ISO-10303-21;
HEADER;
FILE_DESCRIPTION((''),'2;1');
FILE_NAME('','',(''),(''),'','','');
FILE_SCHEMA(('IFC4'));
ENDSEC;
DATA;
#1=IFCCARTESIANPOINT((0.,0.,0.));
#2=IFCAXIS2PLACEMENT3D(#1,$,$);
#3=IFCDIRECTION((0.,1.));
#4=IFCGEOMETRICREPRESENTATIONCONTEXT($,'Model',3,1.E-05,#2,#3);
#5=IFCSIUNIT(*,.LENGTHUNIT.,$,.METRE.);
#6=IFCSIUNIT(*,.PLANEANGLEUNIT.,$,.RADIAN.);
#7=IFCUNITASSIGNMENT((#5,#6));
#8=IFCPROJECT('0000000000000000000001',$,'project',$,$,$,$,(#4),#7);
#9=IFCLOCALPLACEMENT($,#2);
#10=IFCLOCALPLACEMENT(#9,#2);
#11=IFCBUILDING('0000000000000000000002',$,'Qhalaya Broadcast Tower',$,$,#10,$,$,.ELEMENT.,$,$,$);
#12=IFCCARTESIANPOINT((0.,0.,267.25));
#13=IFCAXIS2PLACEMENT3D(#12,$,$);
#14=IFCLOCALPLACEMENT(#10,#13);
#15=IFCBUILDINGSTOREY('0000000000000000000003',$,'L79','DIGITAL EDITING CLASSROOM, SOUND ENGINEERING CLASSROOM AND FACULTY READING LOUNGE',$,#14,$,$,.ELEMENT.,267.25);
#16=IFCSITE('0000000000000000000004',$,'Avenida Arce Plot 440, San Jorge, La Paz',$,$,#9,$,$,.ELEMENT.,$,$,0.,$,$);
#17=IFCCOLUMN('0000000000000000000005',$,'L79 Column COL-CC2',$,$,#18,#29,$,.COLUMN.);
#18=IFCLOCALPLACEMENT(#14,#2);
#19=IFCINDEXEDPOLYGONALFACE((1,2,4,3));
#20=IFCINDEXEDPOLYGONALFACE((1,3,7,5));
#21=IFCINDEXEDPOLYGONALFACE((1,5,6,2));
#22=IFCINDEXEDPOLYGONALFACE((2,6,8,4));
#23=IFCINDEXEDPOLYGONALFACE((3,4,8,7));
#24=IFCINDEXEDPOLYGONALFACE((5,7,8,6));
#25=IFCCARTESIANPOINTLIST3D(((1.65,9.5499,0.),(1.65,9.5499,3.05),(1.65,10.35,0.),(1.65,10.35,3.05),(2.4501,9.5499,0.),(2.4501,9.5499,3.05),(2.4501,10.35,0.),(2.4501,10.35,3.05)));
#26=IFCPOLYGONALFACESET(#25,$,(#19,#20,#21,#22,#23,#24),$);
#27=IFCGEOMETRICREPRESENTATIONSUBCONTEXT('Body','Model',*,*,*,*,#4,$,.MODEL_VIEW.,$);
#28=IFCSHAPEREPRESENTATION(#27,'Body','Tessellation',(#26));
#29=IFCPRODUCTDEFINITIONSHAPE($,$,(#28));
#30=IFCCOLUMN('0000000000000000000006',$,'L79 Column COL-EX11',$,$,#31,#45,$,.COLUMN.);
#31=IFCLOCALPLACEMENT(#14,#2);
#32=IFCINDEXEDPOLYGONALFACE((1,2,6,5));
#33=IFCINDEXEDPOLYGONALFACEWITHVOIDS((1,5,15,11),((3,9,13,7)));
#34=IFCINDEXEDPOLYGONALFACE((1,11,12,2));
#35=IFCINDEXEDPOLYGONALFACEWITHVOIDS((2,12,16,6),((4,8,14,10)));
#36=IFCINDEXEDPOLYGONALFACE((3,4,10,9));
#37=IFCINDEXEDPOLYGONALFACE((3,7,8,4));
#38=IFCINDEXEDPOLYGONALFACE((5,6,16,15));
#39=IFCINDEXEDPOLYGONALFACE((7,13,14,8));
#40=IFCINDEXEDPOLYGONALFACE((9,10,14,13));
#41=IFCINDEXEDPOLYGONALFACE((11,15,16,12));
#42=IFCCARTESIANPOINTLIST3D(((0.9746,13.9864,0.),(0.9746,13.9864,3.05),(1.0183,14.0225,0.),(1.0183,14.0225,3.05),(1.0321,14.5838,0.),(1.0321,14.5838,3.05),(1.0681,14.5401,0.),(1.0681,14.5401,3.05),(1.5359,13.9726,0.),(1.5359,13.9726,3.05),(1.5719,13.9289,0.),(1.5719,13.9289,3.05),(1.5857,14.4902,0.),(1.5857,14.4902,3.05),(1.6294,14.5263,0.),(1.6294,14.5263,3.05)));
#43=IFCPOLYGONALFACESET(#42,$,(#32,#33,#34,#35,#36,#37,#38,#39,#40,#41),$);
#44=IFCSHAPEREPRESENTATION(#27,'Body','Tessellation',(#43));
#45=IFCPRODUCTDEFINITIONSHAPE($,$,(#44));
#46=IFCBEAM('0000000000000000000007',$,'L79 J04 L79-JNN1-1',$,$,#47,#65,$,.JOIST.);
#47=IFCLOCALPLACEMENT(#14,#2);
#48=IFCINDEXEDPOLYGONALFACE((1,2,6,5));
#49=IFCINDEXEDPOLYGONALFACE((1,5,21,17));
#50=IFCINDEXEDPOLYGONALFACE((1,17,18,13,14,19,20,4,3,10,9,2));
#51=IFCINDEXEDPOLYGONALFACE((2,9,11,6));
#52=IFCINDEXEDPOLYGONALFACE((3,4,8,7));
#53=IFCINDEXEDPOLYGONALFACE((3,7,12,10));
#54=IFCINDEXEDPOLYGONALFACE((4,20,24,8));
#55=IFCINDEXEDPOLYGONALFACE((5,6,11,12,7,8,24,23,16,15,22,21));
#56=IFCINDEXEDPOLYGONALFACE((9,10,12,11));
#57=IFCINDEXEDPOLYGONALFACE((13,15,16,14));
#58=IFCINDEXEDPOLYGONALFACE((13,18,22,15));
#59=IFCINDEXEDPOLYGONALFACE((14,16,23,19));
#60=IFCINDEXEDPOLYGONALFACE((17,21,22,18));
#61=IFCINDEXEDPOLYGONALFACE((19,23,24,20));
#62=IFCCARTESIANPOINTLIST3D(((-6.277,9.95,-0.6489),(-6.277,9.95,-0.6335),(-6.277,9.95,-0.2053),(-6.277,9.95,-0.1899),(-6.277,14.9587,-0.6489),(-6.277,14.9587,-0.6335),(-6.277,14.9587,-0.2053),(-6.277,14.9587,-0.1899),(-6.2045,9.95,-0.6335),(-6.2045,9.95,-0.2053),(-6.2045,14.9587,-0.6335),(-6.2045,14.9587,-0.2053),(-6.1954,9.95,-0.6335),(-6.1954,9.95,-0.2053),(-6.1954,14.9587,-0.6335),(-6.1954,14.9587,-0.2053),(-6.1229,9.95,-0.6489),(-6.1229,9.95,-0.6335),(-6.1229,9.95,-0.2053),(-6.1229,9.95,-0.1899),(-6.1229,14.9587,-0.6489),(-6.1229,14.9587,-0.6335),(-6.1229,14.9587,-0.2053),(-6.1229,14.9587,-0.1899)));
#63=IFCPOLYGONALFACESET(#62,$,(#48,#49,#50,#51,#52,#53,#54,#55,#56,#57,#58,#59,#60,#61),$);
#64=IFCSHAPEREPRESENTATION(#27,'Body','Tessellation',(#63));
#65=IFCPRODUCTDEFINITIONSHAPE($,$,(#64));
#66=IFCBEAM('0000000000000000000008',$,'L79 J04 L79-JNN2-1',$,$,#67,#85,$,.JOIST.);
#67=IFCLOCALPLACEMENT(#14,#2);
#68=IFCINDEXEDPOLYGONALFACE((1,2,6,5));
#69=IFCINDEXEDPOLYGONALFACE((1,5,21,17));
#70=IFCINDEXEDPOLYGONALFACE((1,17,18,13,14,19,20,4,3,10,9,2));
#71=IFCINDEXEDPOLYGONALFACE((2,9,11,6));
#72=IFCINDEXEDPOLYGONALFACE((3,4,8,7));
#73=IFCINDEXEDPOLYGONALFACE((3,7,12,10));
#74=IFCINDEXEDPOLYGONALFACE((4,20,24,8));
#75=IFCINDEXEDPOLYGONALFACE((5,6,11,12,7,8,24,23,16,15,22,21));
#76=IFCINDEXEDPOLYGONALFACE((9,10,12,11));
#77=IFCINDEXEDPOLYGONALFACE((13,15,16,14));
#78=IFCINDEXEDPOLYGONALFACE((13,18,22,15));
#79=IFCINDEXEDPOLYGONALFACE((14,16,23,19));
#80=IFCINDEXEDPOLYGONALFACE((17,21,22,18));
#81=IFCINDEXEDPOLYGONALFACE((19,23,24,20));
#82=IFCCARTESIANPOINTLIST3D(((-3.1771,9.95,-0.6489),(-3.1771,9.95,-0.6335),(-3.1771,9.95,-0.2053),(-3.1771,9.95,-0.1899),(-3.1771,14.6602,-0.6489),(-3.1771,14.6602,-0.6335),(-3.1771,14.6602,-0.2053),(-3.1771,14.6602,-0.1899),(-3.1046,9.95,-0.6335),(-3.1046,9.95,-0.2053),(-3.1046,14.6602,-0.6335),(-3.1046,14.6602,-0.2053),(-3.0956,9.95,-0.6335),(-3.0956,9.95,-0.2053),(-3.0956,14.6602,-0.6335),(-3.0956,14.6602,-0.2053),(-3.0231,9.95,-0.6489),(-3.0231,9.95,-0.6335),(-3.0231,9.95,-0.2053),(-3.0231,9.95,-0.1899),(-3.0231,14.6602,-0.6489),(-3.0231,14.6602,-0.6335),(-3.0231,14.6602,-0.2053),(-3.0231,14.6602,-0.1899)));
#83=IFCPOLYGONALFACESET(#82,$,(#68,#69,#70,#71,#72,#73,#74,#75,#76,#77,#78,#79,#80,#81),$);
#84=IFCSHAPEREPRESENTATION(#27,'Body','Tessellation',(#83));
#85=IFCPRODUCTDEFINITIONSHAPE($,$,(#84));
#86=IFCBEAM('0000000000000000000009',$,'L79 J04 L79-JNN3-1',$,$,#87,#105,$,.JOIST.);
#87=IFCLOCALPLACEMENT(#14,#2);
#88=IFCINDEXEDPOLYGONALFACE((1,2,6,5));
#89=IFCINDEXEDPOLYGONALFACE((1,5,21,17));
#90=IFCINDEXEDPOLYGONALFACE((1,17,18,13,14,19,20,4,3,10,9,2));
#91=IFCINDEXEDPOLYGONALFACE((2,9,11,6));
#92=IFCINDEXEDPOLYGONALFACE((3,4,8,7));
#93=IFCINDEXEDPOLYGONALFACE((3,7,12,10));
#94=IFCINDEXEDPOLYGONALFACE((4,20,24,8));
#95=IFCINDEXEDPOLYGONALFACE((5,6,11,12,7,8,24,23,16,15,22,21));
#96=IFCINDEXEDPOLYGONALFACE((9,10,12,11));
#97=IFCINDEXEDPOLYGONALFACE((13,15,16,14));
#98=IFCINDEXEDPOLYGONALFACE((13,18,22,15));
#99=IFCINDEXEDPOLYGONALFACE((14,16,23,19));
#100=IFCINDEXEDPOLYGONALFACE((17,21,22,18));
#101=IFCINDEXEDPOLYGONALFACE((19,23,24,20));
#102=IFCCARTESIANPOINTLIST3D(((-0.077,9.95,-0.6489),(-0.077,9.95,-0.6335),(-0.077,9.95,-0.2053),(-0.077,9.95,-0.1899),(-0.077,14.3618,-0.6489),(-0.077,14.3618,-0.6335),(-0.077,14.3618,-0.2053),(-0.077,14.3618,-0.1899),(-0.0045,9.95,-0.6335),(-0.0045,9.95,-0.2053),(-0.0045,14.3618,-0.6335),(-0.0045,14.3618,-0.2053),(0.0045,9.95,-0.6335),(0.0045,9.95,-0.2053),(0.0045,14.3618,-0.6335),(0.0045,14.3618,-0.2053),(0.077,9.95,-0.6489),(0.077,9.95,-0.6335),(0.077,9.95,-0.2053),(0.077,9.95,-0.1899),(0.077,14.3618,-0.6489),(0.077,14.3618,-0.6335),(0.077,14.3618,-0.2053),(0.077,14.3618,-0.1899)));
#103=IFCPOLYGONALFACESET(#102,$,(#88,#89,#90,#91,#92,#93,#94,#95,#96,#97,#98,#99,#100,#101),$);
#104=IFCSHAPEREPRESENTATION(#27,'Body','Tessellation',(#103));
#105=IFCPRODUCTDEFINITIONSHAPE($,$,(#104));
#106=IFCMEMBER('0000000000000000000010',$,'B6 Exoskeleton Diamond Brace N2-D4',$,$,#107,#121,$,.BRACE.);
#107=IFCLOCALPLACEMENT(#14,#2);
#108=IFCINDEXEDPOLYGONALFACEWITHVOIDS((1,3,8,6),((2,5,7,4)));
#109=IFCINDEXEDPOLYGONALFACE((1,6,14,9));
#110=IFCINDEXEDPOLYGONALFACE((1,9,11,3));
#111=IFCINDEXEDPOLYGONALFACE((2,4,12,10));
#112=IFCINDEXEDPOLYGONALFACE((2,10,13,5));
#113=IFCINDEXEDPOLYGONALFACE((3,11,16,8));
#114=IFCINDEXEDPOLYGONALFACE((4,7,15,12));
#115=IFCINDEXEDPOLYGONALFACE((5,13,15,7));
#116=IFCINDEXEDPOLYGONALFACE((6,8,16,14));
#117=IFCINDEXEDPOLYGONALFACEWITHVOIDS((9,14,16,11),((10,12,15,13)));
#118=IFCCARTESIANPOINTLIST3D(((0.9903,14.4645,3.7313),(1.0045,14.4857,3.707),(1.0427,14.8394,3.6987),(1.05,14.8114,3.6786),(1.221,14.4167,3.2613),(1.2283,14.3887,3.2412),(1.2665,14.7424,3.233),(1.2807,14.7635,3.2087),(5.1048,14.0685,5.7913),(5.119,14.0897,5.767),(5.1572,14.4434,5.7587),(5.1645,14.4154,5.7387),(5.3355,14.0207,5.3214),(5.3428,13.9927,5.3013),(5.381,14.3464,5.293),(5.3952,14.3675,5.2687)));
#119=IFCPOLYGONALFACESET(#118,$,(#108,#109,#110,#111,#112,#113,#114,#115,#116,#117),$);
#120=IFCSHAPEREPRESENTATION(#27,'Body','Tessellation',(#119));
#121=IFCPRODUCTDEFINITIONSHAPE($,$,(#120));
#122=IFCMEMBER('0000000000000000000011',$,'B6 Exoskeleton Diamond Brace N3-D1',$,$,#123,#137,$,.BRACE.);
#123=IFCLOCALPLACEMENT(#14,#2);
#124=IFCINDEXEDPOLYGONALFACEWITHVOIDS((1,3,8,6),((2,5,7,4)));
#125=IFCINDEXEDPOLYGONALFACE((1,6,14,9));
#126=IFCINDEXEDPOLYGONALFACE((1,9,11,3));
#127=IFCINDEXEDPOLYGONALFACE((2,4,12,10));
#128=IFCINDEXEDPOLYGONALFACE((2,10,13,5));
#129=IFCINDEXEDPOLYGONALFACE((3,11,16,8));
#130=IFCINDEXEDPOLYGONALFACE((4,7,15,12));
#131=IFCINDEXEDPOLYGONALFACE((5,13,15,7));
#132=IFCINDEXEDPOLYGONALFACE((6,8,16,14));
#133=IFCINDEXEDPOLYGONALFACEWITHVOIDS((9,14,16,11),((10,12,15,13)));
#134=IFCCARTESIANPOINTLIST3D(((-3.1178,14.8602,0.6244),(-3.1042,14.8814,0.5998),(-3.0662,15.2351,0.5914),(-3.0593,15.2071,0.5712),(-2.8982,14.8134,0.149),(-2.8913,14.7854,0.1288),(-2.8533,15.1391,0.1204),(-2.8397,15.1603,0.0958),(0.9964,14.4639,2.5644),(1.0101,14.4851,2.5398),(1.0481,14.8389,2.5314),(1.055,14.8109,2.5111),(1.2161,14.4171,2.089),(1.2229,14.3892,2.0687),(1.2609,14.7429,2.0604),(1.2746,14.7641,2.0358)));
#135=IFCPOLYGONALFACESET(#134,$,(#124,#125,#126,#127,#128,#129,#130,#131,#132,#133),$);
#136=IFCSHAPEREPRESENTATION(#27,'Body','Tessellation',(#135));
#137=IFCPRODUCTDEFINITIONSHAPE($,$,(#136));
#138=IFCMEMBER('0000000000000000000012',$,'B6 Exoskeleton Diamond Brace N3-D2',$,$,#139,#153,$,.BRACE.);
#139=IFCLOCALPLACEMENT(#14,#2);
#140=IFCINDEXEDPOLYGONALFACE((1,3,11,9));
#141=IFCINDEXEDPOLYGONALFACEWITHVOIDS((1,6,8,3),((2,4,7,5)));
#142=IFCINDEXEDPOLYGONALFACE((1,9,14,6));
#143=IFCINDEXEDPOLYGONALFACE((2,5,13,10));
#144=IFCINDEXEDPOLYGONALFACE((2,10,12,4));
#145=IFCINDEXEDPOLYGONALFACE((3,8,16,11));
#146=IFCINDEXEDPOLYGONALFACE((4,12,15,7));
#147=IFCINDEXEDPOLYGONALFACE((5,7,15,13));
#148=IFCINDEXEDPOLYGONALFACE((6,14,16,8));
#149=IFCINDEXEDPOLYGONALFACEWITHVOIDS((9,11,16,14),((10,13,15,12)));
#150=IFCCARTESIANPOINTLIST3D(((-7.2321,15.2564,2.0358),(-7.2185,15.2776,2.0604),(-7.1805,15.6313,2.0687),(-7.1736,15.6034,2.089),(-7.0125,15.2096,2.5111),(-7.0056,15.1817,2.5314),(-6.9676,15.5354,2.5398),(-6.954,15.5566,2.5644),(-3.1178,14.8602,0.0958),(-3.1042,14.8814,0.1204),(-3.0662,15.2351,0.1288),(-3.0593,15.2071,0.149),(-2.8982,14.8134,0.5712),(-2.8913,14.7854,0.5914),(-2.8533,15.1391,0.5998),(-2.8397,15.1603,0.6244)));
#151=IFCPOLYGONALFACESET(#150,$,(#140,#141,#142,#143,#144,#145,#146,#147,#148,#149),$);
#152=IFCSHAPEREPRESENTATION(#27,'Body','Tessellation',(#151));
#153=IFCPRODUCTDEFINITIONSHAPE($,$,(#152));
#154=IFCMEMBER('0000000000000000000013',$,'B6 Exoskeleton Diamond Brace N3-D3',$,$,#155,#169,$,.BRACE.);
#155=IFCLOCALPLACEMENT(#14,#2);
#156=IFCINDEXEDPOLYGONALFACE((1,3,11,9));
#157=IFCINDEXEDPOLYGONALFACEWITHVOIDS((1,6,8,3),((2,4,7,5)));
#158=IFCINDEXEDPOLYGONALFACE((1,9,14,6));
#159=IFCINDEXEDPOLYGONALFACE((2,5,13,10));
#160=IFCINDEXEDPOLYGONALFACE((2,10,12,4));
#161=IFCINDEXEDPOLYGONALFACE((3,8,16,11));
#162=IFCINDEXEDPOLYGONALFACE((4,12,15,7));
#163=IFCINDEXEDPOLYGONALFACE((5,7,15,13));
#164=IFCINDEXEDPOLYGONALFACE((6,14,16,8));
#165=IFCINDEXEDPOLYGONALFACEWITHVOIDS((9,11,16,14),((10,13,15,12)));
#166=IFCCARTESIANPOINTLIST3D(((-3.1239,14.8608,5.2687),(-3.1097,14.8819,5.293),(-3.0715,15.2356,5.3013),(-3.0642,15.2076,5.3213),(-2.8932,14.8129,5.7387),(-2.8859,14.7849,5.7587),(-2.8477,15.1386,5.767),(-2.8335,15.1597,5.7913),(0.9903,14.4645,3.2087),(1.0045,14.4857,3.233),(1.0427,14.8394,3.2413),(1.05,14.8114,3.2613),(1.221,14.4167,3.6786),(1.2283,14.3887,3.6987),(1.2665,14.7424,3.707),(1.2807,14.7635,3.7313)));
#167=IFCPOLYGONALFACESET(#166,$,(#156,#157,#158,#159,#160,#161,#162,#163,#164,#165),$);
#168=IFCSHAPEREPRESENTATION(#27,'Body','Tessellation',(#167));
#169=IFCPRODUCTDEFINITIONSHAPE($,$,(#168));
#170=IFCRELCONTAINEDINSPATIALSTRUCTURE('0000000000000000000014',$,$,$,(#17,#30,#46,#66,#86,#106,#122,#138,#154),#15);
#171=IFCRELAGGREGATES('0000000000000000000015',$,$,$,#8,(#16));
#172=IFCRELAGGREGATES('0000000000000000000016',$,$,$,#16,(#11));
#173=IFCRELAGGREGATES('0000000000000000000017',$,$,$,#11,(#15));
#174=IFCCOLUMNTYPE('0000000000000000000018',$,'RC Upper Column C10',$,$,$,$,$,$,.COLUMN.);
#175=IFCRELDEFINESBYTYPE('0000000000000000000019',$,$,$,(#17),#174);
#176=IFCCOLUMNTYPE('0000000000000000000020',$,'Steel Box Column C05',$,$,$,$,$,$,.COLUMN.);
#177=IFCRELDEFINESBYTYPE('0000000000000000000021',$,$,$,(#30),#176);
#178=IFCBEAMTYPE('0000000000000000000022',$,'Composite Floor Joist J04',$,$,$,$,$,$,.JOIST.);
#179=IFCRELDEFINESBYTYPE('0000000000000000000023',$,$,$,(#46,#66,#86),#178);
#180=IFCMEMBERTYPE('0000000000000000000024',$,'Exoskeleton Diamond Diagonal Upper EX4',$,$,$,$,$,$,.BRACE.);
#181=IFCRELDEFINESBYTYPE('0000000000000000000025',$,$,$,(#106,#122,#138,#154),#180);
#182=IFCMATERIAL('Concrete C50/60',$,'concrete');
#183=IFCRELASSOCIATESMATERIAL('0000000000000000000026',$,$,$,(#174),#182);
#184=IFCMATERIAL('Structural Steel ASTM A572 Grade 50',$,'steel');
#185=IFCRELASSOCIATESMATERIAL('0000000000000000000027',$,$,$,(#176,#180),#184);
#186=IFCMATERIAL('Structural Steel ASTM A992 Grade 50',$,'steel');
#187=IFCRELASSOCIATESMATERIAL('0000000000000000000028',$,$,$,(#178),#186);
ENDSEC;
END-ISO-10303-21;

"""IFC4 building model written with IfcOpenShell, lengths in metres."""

from ifc_helpers import new_model, si_unit, direction, frame, origin, origin_2d, place, context, subcontext, project, spatial, rectangle, hollow_rectangle, i_section, extrude, material, material_profile, profile_set, type_object, element, save


model = new_model("IFC4")

# Units and contexts
model_context = context("Model", 3, precision=1e-05, world=origin(), true_north=direction((0.0, 1.0)))
body_context = subcontext(model_context, "Body", "Model", "MODEL_VIEW")
ifc_project = project(units=[si_unit("LENGTHUNIT", "METRE"), si_unit("PLANEANGLEUNIT", "RADIAN")], contexts=[model_context])

# Site, building, storey
site_placement = place(None, origin())
site = spatial("IfcSite", under=ifc_project, at=site_placement, Name="Avenida Arce Plot 440, San Jorge, La Paz", CompositionType="ELEMENT", RefElevation=0.0)
building_placement = place(site_placement, origin())
building = spatial("IfcBuilding", under=site, at=building_placement, Name="Qhalaya Broadcast Tower", CompositionType="ELEMENT")
storey_placement = place(building_placement, frame((0.0, 0.0, 267.25)))
storey = spatial("IfcBuildingStorey", under=building, at=storey_placement, Name="L79", Description="DIGITAL EDITING CLASSROOM, SOUND ENGINEERING CLASSROOM AND FACULTY READING LOUNGE", CompositionType="ELEMENT", Elevation=267.25)

# Columns
ifc_material_1 = material(Name="Concrete C50/60", Category="concrete")
ifc_material_profile_1 = material_profile(ifc_material_1, rectangle(XDim=0.8, YDim=0.8, at=origin_2d()), Name="RC-COL 800x800")
ifc_profile_set_1 = profile_set([ifc_material_profile_1], Name="Concrete C50/60")
column_type_1 = type_object("IfcColumnType", Name="RC Upper Column C10", PredefinedType="COLUMN", material=ifc_profile_set_1)
column_1_placement = place(storey_placement, frame((2.05, 9.95, 0.0), z_axis=(0.0, 0.0, 1.0), x_axis=(1.0, 0.0, 0.0)))
element("IfcColumn", 1, at=column_1_placement, inside=storey, type_object=column_type_1, Name="L79 Column COL-CC2", PredefinedType="COLUMN", context=body_context, shape_type="SweptSolid", body=[
    extrude(rectangle(XDim=0.8, YDim=0.8, at=origin_2d()), origin(), (0.0, 0.0, 1.0), 3.05),
])
ifc_material_2 = material(Name="Structural Steel ASTM A572 Grade 50", Category="steel")
ifc_material_profile_2 = material_profile(ifc_material_2, hollow_rectangle(XDim=0.6001, YDim=0.6001, WallThickness=0.04, at=origin_2d()), Name="BOX 600x600x40")
ifc_profile_set_2 = profile_set([ifc_material_profile_2], Name="Structural Steel ASTM A572 Grade 50")
column_type_2 = type_object("IfcColumnType", Name="Steel Box Column C05", PredefinedType="COLUMN", material=ifc_profile_set_2)
column_2_placement = place(storey_placement, frame((1.302, 14.2563, 0.0), z_axis=(0.0, 0.0, 1.0), x_axis=(0.995396, -0.095846, 0.0)))
element("IfcColumn", 2, at=column_2_placement, inside=storey, type_object=column_type_2, Name="L79 Column COL-EX11", PredefinedType="COLUMN", context=body_context, shape_type="SweptSolid", body=[
    extrude(hollow_rectangle(XDim=0.6001, YDim=0.6001, WallThickness=0.04, at=origin_2d()), origin(), (0.0, 0.0, 1.0), 3.05),
])

# Beams
ifc_material_3 = material(Name="Structural Steel ASTM A992 Grade 50", Category="steel")
ifc_material_profile_3 = material_profile(ifc_material_3, i_section(OverallWidth=0.1541, OverallDepth=0.459, WebThickness=0.009, FlangeThickness=0.0154, at=origin_2d()), Name="W18X46")
ifc_profile_set_3 = profile_set([ifc_material_profile_3], Name="Structural Steel ASTM A992 Grade 50")
beam_type_1 = type_object("IfcBeamType", Name="Composite Floor Joist J04", PredefinedType="JOIST", material=ifc_profile_set_3)
beam_1_placement = place(storey_placement, frame((-6.2, 9.95, -0.4194), z_axis=(0.0, 1.0, 0.0), x_axis=(-1.0, 0.0, 0.0)))
element("IfcBeam", 3, at=beam_1_placement, inside=storey, type_object=beam_type_1, Name="L79 J04 L79-JNN1-1", PredefinedType="JOIST", context=body_context, shape_type="SweptSolid", body=[
    extrude(i_section(OverallWidth=0.1541, OverallDepth=0.459, WebThickness=0.009, FlangeThickness=0.0154, at=origin_2d()), origin(), (0.0, 0.0, 1.0), 5.0088),
])
beam_2_placement = place(storey_placement, frame((-3.1001, 9.95, -0.4194), z_axis=(0.0, 1.0, 0.0), x_axis=(-1.0, 0.0, 0.0)))
element("IfcBeam", 4, at=beam_2_placement, inside=storey, type_object=beam_type_1, Name="L79 J04 L79-JNN2-1", PredefinedType="JOIST", context=body_context, shape_type="SweptSolid", body=[
    extrude(i_section(OverallWidth=0.1541, OverallDepth=0.459, WebThickness=0.009, FlangeThickness=0.0154, at=origin_2d()), origin(), (0.0, 0.0, 1.0), 4.7102),
])
beam_3_placement = place(storey_placement, frame((0.0, 9.95, -0.4194), z_axis=(0.0, 1.0, 0.0), x_axis=(-1.0, 0.0, 0.0)))
element("IfcBeam", 5, at=beam_3_placement, inside=storey, type_object=beam_type_1, Name="L79 J04 L79-JNN3-1", PredefinedType="JOIST", context=body_context, shape_type="SweptSolid", body=[
    extrude(i_section(OverallWidth=0.1541, OverallDepth=0.459, WebThickness=0.009, FlangeThickness=0.0154, at=origin_2d()), origin(), (0.0, 0.0, 1.0), 4.4119),
])

# Members
ifc_material_profile_4 = material_profile(ifc_material_2, hollow_rectangle(XDim=0.3799, YDim=0.55, WallThickness=0.0249, at=origin_2d()), Name="BOX 380x550x25")
ifc_profile_set_4 = profile_set([ifc_material_profile_4], Name="Structural Steel ASTM A572 Grade 50")
member_type = type_object("IfcMemberType", Name="Exoskeleton Diamond Diagonal Upper EX4", PredefinedType="BRACE", material=ifc_profile_set_4)
member_1_placement = place(storey_placement, frame((1.1355, 14.614, 3.47), z_axis=(0.89089, -0.085743, 0.446053), x_axis=(0.137916, 0.986722, -0.085783)))
element("IfcMember", 6, at=member_1_placement, inside=storey, type_object=member_type, Name="B6 Exoskeleton Diamond Brace N2-D4", PredefinedType="BRACE", context=body_context, shape_type="SweptSolid", body=[
    extrude(hollow_rectangle(XDim=0.3799, YDim=0.55, WallThickness=0.0249, at=origin_2d()), origin(), (0.0, 0.0, 1.0), 4.6184),
])
for number, where, z_axis, x_axis, name in (
    (7, (-2.9788, 15.0103, 0.3601), (0.901082, -0.086782, 0.424875), (0.135959, 0.986908, -0.086765), "B6 Exoskeleton Diamond Brace N3-D1"),
    (8, (-2.9788, 15.0103, 0.3601), (-0.901082, 0.086782, 0.424875), (-0.135959, -0.986908, -0.086765), "B6 Exoskeleton Diamond Brace N3-D2"),
):
    element("IfcMember", number, at=place(storey_placement, frame(where, z_axis=z_axis, x_axis=x_axis)), inside=storey, type_object=member_type, Name=name, PredefinedType="BRACE", context=body_context, shape_type="SweptSolid", body=[
        extrude(hollow_rectangle(XDim=0.3799, YDim=0.55, WallThickness=0.0249, at=origin_2d()), origin(), (0.0, 0.0, 1.0), 4.5659),
    ])
member_2_placement = place(storey_placement, frame((1.1355, 14.614, 3.47), z_axis=(-0.890875, 0.085799, 0.446072), x_axis=(-0.137981, -0.986713, -0.085782)))
element("IfcMember", 9, at=member_2_placement, inside=storey, type_object=member_type, Name="B6 Exoskeleton Diamond Brace N3-D3", PredefinedType="BRACE", context=body_context, shape_type="SweptSolid", body=[
    extrude(hollow_rectangle(XDim=0.3799, YDim=0.55, WallThickness=0.0249, at=origin_2d()), origin(), (0.0, 0.0, 1.0), 4.6182),
])

save(model, "model.ifc")
